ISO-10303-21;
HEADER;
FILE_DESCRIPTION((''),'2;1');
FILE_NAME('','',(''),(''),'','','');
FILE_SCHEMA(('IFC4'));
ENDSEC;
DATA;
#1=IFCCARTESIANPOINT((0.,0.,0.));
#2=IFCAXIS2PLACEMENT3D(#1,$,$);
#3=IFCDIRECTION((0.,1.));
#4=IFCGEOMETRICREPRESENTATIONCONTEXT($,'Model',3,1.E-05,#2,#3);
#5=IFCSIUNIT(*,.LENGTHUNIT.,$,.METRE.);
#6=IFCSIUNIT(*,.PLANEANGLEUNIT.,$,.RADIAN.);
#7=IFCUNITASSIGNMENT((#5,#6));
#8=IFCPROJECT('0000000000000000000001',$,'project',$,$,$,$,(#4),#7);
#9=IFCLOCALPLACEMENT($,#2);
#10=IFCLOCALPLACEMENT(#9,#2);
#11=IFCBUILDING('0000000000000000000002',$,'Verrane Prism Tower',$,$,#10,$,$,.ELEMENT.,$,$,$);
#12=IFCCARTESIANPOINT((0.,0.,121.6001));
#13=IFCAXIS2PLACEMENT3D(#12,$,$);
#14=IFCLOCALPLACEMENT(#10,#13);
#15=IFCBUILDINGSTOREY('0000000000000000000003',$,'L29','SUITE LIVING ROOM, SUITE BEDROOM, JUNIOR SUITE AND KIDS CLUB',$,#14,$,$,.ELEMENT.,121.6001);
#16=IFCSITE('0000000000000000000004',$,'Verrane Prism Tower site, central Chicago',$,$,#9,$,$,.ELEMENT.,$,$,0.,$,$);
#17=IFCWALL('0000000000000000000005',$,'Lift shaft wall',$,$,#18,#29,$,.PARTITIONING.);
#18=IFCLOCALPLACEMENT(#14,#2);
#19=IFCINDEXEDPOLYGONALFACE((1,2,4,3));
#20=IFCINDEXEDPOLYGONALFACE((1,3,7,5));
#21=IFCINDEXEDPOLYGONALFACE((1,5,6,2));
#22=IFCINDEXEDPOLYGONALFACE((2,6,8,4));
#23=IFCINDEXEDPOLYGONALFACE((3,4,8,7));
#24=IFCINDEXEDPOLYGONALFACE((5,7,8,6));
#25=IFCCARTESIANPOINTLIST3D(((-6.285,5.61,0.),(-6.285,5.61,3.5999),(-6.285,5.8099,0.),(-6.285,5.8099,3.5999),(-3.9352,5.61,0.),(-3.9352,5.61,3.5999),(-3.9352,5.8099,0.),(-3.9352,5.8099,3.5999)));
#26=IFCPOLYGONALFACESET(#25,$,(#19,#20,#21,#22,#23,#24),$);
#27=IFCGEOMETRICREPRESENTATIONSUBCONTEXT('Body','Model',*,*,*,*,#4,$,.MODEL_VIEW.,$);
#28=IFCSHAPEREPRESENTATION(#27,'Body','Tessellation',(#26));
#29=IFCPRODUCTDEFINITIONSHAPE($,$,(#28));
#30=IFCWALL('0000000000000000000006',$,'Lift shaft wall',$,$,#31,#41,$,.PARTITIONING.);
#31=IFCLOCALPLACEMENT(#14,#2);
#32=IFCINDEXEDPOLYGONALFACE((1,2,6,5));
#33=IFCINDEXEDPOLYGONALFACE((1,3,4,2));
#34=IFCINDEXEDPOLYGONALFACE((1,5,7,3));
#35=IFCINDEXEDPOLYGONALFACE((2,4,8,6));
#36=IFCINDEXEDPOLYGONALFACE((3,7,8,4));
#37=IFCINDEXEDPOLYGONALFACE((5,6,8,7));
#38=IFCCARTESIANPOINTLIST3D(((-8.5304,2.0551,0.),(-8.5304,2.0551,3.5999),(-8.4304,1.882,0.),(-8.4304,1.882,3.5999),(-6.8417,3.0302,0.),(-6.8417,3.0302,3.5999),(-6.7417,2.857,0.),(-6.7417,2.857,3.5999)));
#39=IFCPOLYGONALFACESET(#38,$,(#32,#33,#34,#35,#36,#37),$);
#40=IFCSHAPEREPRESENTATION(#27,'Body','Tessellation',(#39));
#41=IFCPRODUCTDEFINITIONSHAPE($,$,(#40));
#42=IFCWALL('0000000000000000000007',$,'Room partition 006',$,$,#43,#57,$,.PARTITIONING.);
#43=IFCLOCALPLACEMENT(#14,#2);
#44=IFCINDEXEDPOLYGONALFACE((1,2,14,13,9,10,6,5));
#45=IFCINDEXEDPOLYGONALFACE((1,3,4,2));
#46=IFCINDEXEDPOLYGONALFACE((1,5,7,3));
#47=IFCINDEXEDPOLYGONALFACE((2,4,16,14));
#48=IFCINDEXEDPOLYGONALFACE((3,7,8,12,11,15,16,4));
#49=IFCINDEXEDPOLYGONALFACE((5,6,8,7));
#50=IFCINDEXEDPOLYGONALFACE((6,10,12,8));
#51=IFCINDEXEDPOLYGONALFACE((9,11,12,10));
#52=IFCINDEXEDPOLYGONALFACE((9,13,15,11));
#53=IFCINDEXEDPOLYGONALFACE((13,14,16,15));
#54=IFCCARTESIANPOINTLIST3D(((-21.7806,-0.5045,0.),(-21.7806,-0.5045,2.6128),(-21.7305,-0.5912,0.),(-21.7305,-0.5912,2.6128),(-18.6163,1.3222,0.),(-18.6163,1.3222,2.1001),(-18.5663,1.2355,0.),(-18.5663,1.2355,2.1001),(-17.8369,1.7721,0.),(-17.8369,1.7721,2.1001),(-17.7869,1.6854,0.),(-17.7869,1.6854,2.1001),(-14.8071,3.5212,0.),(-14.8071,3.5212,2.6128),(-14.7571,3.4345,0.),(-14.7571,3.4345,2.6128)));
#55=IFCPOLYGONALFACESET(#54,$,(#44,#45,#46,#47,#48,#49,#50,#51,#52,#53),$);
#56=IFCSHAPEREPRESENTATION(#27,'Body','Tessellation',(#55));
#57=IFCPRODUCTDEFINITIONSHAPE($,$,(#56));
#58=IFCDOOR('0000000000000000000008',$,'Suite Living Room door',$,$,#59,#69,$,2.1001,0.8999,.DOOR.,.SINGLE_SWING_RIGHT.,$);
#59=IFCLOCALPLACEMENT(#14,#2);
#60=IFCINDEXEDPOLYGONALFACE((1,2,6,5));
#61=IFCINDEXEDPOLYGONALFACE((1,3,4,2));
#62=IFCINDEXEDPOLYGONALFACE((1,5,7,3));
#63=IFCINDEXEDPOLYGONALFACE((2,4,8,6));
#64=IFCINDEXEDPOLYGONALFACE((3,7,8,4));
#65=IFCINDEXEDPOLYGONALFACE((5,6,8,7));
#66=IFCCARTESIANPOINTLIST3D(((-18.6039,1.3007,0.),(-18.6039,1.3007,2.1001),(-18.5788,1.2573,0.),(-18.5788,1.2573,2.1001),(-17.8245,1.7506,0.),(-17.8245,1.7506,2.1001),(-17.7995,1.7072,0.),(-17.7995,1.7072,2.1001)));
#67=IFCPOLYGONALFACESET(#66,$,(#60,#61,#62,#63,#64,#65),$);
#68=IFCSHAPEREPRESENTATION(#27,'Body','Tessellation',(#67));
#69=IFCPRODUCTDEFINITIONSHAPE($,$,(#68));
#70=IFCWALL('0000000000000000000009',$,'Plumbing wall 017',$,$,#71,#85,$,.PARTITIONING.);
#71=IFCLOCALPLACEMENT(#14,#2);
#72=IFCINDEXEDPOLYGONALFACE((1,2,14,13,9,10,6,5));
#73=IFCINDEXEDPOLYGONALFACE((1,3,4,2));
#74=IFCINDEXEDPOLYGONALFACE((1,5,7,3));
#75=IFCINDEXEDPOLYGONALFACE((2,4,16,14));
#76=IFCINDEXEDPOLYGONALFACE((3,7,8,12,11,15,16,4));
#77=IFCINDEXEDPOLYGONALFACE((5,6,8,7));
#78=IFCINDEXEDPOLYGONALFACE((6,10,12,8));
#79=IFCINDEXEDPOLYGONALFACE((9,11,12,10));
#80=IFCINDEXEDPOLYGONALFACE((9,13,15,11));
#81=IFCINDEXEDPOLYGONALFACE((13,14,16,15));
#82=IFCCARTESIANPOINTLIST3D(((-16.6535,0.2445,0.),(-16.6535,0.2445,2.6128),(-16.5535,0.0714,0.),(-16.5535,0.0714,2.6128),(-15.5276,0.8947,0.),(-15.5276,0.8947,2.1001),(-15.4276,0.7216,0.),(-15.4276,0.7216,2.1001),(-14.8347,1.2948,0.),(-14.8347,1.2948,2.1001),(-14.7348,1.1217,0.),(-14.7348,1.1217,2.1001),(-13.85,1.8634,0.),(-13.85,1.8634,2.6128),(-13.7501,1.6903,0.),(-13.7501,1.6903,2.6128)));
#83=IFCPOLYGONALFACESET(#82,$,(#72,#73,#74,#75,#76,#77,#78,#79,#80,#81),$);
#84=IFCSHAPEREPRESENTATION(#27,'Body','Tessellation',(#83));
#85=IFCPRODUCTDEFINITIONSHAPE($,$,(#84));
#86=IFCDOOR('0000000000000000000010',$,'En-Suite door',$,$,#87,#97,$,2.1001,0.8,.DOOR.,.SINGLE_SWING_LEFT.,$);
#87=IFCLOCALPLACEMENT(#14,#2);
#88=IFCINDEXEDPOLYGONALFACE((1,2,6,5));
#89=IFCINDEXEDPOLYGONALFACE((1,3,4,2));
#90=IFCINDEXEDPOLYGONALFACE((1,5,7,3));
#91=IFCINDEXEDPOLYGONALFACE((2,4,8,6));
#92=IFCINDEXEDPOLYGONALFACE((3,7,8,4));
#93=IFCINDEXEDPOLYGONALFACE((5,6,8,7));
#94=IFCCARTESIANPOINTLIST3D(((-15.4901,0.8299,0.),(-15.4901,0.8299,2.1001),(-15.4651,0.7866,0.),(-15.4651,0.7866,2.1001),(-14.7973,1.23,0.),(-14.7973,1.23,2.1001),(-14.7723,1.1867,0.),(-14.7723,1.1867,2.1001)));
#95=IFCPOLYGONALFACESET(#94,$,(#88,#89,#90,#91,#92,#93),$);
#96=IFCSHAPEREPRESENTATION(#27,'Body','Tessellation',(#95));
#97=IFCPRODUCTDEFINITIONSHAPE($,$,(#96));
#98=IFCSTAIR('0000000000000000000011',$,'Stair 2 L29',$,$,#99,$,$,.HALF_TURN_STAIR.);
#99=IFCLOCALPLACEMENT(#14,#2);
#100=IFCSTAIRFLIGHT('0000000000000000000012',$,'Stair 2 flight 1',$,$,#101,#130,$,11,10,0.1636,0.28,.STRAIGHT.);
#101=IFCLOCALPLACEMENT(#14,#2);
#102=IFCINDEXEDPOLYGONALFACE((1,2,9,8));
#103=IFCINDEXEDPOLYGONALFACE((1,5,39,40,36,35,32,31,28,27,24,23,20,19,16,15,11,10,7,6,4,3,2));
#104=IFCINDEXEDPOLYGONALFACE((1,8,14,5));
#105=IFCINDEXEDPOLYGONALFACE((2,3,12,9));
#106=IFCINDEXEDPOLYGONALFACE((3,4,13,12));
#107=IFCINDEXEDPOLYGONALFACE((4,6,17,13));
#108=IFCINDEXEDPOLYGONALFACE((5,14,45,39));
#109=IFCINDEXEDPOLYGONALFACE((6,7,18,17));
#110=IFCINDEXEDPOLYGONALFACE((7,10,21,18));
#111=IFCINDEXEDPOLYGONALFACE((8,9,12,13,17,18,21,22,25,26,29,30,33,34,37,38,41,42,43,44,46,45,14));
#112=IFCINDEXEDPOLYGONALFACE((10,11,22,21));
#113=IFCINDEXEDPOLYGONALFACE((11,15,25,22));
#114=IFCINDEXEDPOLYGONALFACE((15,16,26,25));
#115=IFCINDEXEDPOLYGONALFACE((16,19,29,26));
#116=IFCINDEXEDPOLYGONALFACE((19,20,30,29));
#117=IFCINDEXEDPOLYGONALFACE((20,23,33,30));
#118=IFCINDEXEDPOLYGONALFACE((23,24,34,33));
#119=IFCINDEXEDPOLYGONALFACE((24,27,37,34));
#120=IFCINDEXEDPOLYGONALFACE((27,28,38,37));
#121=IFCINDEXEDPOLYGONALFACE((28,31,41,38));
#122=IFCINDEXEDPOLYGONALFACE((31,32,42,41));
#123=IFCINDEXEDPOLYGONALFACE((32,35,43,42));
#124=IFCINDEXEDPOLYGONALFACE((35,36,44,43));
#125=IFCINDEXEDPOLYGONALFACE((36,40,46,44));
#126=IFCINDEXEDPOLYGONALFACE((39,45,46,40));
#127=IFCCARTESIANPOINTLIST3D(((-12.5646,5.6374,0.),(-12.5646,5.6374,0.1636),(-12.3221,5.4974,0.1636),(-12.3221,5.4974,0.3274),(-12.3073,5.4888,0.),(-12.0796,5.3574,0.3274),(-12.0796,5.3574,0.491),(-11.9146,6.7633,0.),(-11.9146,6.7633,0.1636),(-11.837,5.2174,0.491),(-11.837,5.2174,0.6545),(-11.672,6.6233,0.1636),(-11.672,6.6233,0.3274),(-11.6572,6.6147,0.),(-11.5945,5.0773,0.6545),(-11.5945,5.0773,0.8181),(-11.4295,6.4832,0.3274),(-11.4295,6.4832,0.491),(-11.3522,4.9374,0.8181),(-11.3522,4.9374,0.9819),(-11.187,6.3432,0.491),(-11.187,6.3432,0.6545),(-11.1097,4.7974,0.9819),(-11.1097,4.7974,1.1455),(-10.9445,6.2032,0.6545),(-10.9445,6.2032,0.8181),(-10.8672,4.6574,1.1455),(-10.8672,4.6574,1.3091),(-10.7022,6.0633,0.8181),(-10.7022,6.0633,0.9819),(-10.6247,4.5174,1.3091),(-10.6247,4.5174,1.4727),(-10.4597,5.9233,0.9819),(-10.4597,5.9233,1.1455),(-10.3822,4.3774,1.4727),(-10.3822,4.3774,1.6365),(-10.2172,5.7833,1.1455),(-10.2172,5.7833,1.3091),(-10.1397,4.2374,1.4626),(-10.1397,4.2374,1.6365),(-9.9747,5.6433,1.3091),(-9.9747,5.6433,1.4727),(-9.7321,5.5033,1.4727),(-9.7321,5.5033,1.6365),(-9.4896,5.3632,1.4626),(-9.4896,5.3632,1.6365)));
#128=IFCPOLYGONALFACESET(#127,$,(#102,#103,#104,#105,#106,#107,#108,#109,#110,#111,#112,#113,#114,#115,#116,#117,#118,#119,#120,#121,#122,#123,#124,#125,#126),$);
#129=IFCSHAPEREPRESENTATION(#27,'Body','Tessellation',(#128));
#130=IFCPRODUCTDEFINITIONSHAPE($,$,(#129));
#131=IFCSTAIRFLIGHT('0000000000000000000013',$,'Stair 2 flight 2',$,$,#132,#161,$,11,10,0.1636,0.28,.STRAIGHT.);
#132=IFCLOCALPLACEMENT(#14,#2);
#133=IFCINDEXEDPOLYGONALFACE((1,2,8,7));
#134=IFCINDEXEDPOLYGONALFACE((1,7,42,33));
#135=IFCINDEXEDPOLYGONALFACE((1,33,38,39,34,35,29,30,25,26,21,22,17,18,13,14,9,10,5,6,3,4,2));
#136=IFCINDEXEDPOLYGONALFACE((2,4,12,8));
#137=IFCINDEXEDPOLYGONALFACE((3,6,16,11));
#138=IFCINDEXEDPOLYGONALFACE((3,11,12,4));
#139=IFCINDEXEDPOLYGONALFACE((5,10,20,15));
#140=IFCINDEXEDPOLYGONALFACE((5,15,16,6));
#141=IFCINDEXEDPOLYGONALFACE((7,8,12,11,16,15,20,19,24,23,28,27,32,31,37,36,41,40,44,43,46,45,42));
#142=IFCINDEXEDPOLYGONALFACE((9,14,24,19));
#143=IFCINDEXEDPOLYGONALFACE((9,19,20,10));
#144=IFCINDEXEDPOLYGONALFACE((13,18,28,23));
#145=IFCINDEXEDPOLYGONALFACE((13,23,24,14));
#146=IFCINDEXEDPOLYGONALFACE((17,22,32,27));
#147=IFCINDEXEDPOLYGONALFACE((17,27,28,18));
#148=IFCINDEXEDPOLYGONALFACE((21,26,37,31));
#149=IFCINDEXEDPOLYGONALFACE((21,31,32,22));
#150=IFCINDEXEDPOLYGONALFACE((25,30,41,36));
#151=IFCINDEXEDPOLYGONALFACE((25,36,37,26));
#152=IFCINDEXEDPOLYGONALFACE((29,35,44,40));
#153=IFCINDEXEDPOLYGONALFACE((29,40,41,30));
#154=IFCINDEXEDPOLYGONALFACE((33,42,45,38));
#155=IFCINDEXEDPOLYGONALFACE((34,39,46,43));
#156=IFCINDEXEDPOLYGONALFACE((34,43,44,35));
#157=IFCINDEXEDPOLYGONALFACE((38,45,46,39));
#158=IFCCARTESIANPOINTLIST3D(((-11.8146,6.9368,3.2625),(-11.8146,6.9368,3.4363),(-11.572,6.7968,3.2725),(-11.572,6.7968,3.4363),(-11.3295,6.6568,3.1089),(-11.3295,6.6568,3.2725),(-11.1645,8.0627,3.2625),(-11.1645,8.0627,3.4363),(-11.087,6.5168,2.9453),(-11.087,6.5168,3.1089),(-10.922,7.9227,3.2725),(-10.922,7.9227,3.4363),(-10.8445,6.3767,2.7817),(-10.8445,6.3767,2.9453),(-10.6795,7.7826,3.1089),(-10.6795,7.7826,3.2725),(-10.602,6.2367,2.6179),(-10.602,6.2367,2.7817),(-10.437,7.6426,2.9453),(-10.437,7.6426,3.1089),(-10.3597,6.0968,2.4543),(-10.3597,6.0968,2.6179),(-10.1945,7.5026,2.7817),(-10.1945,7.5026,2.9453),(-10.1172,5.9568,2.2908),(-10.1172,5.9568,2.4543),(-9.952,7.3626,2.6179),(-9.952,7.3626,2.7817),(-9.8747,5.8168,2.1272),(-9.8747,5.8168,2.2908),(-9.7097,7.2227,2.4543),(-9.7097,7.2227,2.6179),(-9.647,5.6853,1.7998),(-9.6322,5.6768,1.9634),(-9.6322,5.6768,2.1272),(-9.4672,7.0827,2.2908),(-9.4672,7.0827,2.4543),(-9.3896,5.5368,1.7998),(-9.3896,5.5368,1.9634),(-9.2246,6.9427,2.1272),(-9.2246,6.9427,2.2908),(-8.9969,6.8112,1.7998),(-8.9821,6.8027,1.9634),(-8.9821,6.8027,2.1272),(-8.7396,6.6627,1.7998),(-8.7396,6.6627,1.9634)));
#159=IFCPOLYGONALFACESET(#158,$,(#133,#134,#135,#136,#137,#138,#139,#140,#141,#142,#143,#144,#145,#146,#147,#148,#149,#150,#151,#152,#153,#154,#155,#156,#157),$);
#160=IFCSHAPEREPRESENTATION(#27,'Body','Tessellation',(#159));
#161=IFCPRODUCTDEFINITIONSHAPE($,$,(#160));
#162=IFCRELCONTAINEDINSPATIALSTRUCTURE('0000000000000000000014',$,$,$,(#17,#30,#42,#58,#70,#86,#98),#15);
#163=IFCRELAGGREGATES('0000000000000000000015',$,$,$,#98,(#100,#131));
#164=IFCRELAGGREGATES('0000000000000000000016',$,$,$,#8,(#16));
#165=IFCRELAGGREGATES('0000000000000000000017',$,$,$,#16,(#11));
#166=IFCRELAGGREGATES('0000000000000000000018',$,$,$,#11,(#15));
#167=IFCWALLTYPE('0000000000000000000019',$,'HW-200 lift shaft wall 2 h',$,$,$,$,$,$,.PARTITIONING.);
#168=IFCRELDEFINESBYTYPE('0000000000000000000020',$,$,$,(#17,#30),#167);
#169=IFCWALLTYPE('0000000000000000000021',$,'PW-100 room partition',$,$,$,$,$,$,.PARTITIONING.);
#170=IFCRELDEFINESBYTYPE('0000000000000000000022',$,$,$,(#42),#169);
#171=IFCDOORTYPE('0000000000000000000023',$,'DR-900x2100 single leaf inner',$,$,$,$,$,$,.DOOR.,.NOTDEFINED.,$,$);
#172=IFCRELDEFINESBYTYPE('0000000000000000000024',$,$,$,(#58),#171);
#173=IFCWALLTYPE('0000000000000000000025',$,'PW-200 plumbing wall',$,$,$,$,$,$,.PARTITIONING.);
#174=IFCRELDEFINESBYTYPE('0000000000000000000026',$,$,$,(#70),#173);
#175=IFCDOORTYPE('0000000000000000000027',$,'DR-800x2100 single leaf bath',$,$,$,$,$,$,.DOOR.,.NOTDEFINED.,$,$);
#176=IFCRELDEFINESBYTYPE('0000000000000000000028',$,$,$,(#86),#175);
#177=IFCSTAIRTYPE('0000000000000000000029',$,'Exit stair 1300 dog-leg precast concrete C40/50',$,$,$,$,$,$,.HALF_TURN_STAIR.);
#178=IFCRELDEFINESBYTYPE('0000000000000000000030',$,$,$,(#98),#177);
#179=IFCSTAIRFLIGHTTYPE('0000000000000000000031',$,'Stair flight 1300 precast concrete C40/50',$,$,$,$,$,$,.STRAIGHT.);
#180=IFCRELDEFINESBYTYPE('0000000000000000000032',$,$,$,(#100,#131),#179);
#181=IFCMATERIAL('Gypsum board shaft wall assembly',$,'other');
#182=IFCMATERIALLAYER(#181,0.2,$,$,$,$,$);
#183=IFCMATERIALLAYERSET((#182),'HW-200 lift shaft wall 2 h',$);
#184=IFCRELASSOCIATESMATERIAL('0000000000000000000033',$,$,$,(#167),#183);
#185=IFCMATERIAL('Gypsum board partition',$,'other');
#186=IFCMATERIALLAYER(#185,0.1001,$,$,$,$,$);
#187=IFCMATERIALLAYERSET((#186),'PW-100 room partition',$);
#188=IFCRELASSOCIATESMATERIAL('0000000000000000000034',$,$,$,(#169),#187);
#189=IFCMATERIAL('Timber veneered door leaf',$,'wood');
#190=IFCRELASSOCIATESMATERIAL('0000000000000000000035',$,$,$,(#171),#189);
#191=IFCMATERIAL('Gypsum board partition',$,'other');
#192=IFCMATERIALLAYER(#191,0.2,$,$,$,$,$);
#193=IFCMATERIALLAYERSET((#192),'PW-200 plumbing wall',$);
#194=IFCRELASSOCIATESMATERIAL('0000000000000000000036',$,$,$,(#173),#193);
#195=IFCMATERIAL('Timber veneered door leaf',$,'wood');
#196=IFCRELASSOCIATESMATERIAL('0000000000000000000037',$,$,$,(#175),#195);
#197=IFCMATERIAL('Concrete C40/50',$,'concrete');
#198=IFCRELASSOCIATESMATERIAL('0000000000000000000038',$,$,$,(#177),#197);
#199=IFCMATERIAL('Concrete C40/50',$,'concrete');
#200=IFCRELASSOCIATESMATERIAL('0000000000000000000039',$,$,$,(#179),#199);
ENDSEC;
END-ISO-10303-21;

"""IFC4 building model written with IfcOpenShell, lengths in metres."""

from ifc_helpers import new_model, si_unit, direction, frame, frame_2d, origin, place, context, subcontext, project, spatial, polyline, rectangle, outline, extrude, material, layer, layer_set, type_object, element, fill, aggregate, save


model = new_model("IFC4")

# Units and contexts
model_context = context("Model", 3, precision=1e-05, world=origin(), true_north=direction((0.0, 1.0)))
body_context = subcontext(model_context, "Body", "Model", "MODEL_VIEW")
ifc_project = project(units=[si_unit("LENGTHUNIT", "METRE"), si_unit("PLANEANGLEUNIT", "RADIAN")], contexts=[model_context])

# Site, building, storey
site_placement = place(None, origin())
site = spatial("IfcSite", under=ifc_project, at=site_placement, Name="Verrane Prism Tower site, central Chicago", CompositionType="ELEMENT", RefElevation=0.0)
building_placement = place(site_placement, origin())
building = spatial("IfcBuilding", under=site, at=building_placement, Name="Verrane Prism Tower", CompositionType="ELEMENT")
storey_placement = place(building_placement, frame((0.0, 0.0, 121.6001)))
storey = spatial("IfcBuildingStorey", under=building, at=storey_placement, Name="L29", Description="SUITE LIVING ROOM, SUITE BEDROOM, JUNIOR SUITE AND KIDS CLUB", CompositionType="ELEMENT", Elevation=121.6001)

# Walls
ifc_material_1 = material(Name="Gypsum board shaft wall assembly", Category="other")
ifc_layer_1 = layer(ifc_material_1, 0.2)
ifc_layer_set_1 = layer_set([ifc_layer_1], Name="HW-200 lift shaft wall 2 h")
wall_type_1 = type_object("IfcWallType", Name="HW-200 lift shaft wall 2 h", PredefinedType="PARTITIONING", material=ifc_layer_set_1)
wall_1_placement = place(storey_placement, frame((-6.2849, 5.71, 0.0), z_axis=(0.0, 0.0, 1.0), x_axis=(1.0, 0.0, 0.0)))
element("IfcWall", 1, at=wall_1_placement, inside=storey, type_object=wall_type_1, Name="Lift shaft wall", PredefinedType="PARTITIONING", context=body_context, shape_type="SweptSolid", body=[
    extrude(rectangle(XDim=2.3499, YDim=0.2, at=frame_2d((1.1748, 0.0))), origin(), (0.0, 0.0, 1.0), 3.5999),
])
wall_2_placement = place(storey_placement, frame((-8.4805, 1.9685, 0.0), z_axis=(0.0, 0.0, 1.0), x_axis=(0.866, 0.500044, 0.0)))
element("IfcWall", 2, at=wall_2_placement, inside=storey, type_object=wall_type_1, Name="Lift shaft wall", PredefinedType="PARTITIONING", context=body_context, shape_type="SweptSolid", body=[
    extrude(rectangle(XDim=1.95, YDim=0.2, at=frame_2d((0.9751, 0.0))), origin(), (0.0, 0.0, 1.0), 3.5999),
])

# Walls, openings, doors
ifc_material_2 = material(Name="Gypsum board partition", Category="other")
ifc_layer_2 = layer(ifc_material_2, 0.1001)
ifc_layer_set_2 = layer_set([ifc_layer_2], Name="PW-100 room partition")
wall_type_2 = type_object("IfcWallType", Name="PW-100 room partition", PredefinedType="PARTITIONING", material=ifc_layer_set_2)
wall_3_placement = place(storey_placement, frame((-14.7822, 3.4778, 0.0), z_axis=(0.0, 0.0, 1.0), x_axis=(-0.86605, -0.499958, 0.0)))
wall_3 = element("IfcWall", 3, at=wall_3_placement, inside=storey, type_object=wall_type_2, Name="Room partition 006", PredefinedType="PARTITIONING", context=body_context, shape_type="SweptSolid", body=[
    extrude(rectangle(XDim=8.052, YDim=0.1001, at=frame_2d((4.0259, 0.0))), origin(), (0.0, 0.0, 1.0), 2.6128),
])
opening_1_placement = place(wall_3_placement, frame((3.4983, 0.0, 0.0)))
opening_1 = element("IfcOpeningElement", 4, at=opening_1_placement, cuts=wall_3, PredefinedType="OPENING", context=body_context, shape_type="SweptSolid", body=[
    extrude(rectangle(XDim=0.8999, YDim=2.1001, at=frame_2d((0.45, 1.05))), frame((0.0, 0.0601, 0.0), z_axis=(0.0, -1.0, 0.0), x_axis=(1.0, 0.0, 0.0)), (0.0, 0.0, 1.0), 0.1201),
])
ifc_material_3 = material(Name="Timber veneered door leaf", Category="wood")
door_type_1 = type_object("IfcDoorType", Name="DR-900x2100 single leaf inner", OperationType="NOTDEFINED", PredefinedType="DOOR", material=ifc_material_3)
door_1_placement = place(opening_1_placement, origin())
door_1 = element("IfcDoor", 5, at=door_1_placement, inside=storey, type_object=door_type_1, Name="Suite Living Room door", OperationType="SINGLE_SWING_RIGHT", OverallHeight=2.1001, OverallWidth=0.8999, PredefinedType="DOOR", context=body_context, shape_type="SweptSolid", body=[
    extrude(rectangle(XDim=0.8999, YDim=2.1001, at=frame_2d((0.45, 1.05))), frame((0.0, 0.0249, 0.0), z_axis=(0.0, -1.0, 0.0), x_axis=(1.0, 0.0, 0.0)), (0.0, 0.0, 1.0), 0.05),
])
fill(opening_1, door_1)
ifc_material_4 = material(Name="Gypsum board partition", Category="other")
ifc_layer_3 = layer(ifc_material_4, 0.2)
ifc_layer_set_3 = layer_set([ifc_layer_3], Name="PW-200 plumbing wall")
wall_type_3 = type_object("IfcWallType", Name="PW-200 plumbing wall", PredefinedType="PARTITIONING", material=ifc_layer_set_3)
wall_4_placement = place(storey_placement, frame((-13.8, 1.7769, 0.0), z_axis=(0.0, 0.0, 1.0), x_axis=(-0.865983, -0.500073, 0.0)))
wall_4 = element("IfcWall", 6, at=wall_4_placement, inside=storey, type_object=wall_type_3, Name="Plumbing wall 017", PredefinedType="PARTITIONING", context=body_context, shape_type="SweptSolid", body=[
    extrude(rectangle(XDim=3.2373, YDim=0.2, at=frame_2d((1.6187, 0.0))), origin(), (0.0, 0.0, 1.0), 2.6128),
])
opening_2_placement = place(wall_4_placement, frame((1.1372, 0.0, 0.0)))
opening_2 = element("IfcOpeningElement", 7, at=opening_2_placement, cuts=wall_4, PredefinedType="OPENING", context=body_context, shape_type="SweptSolid", body=[
    extrude(rectangle(XDim=0.8, YDim=2.1001, at=frame_2d((0.3999, 1.05))), frame((0.0, 0.1099, 0.0), z_axis=(0.0, -1.0, 0.0), x_axis=(1.0, 0.0, 0.0)), (0.0, 0.0, 1.0), 0.22),
])
ifc_material_5 = material(Name="Timber veneered door leaf", Category="wood")
door_type_2 = type_object("IfcDoorType", Name="DR-800x2100 single leaf bath", OperationType="NOTDEFINED", PredefinedType="DOOR", material=ifc_material_5)
door_2_placement = place(opening_2_placement, origin())
door_2 = element("IfcDoor", 8, at=door_2_placement, inside=storey, type_object=door_type_2, Name="En-Suite door", OperationType="SINGLE_SWING_LEFT", OverallHeight=2.1001, OverallWidth=0.8, PredefinedType="DOOR", context=body_context, shape_type="SweptSolid", body=[
    extrude(rectangle(XDim=0.8, YDim=2.1001, at=frame_2d((0.3999, 1.05))), frame((0.0, 0.0249, 0.0), z_axis=(0.0, -1.0, 0.0), x_axis=(1.0, 0.0, 0.0)), (0.0, 0.0, 1.0), 0.05),
])
fill(opening_2, door_2)

# Stair, stair flights
ifc_material_6 = material(Name="Concrete C40/50", Category="concrete")
stair_type = type_object("IfcStairType", Name="Exit stair 1300 dog-leg precast concrete C40/50", PredefinedType="HALF_TURN_STAIR", material=ifc_material_6)
stair_placement = place(storey_placement, origin())
stair = element("IfcStair", 9, at=stair_placement, inside=storey, type_object=stair_type, Name="Stair 2 L29", PredefinedType="HALF_TURN_STAIR")
ifc_material_7 = material(Name="Concrete C40/50", Category="concrete")
stair_flight_type = type_object("IfcStairFlightType", Name="Stair flight 1300 precast concrete C40/50", PredefinedType="STRAIGHT", material=ifc_material_7)
stair_flight_1_placement = place(storey_placement, frame((-12.2395, 6.2004, 0.0), z_axis=(0.0, 0.0, 1.0), x_axis=(0.866025, -0.5, 0.0)))
stair_flight_1 = element("IfcStairFlight", 10, at=stair_flight_1_placement, type_object=stair_flight_type, Name="Stair 2 flight 1", NumberOfRisers=11, NumberOfTreads=10, PredefinedType="STRAIGHT", RiserHeight=0.1636, TreadLength=0.28, context=body_context, shape_type="SweptSolid", body=[
    extrude(outline(polyline([(0.0, 0.0), (0.0, 0.1636), (0.28, 0.1636), (0.28, 0.3274), (0.5601, 0.3274), (0.5601, 0.491), (0.8401, 0.491), (0.8401, 0.6545), (1.1201, 0.6545), (1.1201, 0.8181), (1.3999, 0.8181), (1.3999, 0.9819), (1.6799, 0.9819), (1.6799, 1.1455), (1.96, 1.1455), (1.96, 1.3091), (2.24, 1.3091), (2.24, 1.4727), (2.52, 1.4727), (2.52, 1.6365), (2.8, 1.6365), (2.8, 1.8), (2.8, 1.4626), (0.2971, 0.0), (0.0, 0.0)])), frame((0.0, 0.6499, 0.0), z_axis=(0.0, -1.0, 0.0), x_axis=(1.0, 0.0, 0.0)), (0.0, 0.0, 1.0), 1.3),
])
stair_flight_2_placement = place(storey_placement, frame((-9.0647, 6.0996, 1.7998), z_axis=(0.0, 0.0, 1.0), x_axis=(-0.866025, 0.5, 0.0)))
stair_flight_2 = element("IfcStairFlight", 11, at=stair_flight_2_placement, type_object=stair_flight_type, Name="Stair 2 flight 2", NumberOfRisers=11, NumberOfTreads=10, PredefinedType="STRAIGHT", RiserHeight=0.1636, TreadLength=0.28, context=body_context, shape_type="SweptSolid", body=[
    extrude(outline(polyline([(0.0, 0.0), (0.0, 0.1636), (0.28, 0.1636), (0.28, 0.3274), (0.5601, 0.3274), (0.5601, 0.491), (0.8401, 0.491), (0.8401, 0.6545), (1.1201, 0.6545), (1.1201, 0.8181), (1.3999, 0.8181), (1.3999, 0.9819), (1.6799, 0.9819), (1.6799, 1.1455), (1.96, 1.1455), (1.96, 1.3091), (2.24, 1.3091), (2.24, 1.4727), (2.52, 1.4727), (2.52, 1.6365), (2.8, 1.6365), (2.8, 1.8), (2.8, 1.4626), (0.2971, 0.0), (0.0, 0.0)])), frame((0.0, 0.6499, 0.0), z_axis=(0.0, -1.0, 0.0), x_axis=(1.0, 0.0, 0.0)), (0.0, 0.0, 1.0), 1.3),
])
aggregate(stair, [stair_flight_1, stair_flight_2])

save(model, "model.ifc")
